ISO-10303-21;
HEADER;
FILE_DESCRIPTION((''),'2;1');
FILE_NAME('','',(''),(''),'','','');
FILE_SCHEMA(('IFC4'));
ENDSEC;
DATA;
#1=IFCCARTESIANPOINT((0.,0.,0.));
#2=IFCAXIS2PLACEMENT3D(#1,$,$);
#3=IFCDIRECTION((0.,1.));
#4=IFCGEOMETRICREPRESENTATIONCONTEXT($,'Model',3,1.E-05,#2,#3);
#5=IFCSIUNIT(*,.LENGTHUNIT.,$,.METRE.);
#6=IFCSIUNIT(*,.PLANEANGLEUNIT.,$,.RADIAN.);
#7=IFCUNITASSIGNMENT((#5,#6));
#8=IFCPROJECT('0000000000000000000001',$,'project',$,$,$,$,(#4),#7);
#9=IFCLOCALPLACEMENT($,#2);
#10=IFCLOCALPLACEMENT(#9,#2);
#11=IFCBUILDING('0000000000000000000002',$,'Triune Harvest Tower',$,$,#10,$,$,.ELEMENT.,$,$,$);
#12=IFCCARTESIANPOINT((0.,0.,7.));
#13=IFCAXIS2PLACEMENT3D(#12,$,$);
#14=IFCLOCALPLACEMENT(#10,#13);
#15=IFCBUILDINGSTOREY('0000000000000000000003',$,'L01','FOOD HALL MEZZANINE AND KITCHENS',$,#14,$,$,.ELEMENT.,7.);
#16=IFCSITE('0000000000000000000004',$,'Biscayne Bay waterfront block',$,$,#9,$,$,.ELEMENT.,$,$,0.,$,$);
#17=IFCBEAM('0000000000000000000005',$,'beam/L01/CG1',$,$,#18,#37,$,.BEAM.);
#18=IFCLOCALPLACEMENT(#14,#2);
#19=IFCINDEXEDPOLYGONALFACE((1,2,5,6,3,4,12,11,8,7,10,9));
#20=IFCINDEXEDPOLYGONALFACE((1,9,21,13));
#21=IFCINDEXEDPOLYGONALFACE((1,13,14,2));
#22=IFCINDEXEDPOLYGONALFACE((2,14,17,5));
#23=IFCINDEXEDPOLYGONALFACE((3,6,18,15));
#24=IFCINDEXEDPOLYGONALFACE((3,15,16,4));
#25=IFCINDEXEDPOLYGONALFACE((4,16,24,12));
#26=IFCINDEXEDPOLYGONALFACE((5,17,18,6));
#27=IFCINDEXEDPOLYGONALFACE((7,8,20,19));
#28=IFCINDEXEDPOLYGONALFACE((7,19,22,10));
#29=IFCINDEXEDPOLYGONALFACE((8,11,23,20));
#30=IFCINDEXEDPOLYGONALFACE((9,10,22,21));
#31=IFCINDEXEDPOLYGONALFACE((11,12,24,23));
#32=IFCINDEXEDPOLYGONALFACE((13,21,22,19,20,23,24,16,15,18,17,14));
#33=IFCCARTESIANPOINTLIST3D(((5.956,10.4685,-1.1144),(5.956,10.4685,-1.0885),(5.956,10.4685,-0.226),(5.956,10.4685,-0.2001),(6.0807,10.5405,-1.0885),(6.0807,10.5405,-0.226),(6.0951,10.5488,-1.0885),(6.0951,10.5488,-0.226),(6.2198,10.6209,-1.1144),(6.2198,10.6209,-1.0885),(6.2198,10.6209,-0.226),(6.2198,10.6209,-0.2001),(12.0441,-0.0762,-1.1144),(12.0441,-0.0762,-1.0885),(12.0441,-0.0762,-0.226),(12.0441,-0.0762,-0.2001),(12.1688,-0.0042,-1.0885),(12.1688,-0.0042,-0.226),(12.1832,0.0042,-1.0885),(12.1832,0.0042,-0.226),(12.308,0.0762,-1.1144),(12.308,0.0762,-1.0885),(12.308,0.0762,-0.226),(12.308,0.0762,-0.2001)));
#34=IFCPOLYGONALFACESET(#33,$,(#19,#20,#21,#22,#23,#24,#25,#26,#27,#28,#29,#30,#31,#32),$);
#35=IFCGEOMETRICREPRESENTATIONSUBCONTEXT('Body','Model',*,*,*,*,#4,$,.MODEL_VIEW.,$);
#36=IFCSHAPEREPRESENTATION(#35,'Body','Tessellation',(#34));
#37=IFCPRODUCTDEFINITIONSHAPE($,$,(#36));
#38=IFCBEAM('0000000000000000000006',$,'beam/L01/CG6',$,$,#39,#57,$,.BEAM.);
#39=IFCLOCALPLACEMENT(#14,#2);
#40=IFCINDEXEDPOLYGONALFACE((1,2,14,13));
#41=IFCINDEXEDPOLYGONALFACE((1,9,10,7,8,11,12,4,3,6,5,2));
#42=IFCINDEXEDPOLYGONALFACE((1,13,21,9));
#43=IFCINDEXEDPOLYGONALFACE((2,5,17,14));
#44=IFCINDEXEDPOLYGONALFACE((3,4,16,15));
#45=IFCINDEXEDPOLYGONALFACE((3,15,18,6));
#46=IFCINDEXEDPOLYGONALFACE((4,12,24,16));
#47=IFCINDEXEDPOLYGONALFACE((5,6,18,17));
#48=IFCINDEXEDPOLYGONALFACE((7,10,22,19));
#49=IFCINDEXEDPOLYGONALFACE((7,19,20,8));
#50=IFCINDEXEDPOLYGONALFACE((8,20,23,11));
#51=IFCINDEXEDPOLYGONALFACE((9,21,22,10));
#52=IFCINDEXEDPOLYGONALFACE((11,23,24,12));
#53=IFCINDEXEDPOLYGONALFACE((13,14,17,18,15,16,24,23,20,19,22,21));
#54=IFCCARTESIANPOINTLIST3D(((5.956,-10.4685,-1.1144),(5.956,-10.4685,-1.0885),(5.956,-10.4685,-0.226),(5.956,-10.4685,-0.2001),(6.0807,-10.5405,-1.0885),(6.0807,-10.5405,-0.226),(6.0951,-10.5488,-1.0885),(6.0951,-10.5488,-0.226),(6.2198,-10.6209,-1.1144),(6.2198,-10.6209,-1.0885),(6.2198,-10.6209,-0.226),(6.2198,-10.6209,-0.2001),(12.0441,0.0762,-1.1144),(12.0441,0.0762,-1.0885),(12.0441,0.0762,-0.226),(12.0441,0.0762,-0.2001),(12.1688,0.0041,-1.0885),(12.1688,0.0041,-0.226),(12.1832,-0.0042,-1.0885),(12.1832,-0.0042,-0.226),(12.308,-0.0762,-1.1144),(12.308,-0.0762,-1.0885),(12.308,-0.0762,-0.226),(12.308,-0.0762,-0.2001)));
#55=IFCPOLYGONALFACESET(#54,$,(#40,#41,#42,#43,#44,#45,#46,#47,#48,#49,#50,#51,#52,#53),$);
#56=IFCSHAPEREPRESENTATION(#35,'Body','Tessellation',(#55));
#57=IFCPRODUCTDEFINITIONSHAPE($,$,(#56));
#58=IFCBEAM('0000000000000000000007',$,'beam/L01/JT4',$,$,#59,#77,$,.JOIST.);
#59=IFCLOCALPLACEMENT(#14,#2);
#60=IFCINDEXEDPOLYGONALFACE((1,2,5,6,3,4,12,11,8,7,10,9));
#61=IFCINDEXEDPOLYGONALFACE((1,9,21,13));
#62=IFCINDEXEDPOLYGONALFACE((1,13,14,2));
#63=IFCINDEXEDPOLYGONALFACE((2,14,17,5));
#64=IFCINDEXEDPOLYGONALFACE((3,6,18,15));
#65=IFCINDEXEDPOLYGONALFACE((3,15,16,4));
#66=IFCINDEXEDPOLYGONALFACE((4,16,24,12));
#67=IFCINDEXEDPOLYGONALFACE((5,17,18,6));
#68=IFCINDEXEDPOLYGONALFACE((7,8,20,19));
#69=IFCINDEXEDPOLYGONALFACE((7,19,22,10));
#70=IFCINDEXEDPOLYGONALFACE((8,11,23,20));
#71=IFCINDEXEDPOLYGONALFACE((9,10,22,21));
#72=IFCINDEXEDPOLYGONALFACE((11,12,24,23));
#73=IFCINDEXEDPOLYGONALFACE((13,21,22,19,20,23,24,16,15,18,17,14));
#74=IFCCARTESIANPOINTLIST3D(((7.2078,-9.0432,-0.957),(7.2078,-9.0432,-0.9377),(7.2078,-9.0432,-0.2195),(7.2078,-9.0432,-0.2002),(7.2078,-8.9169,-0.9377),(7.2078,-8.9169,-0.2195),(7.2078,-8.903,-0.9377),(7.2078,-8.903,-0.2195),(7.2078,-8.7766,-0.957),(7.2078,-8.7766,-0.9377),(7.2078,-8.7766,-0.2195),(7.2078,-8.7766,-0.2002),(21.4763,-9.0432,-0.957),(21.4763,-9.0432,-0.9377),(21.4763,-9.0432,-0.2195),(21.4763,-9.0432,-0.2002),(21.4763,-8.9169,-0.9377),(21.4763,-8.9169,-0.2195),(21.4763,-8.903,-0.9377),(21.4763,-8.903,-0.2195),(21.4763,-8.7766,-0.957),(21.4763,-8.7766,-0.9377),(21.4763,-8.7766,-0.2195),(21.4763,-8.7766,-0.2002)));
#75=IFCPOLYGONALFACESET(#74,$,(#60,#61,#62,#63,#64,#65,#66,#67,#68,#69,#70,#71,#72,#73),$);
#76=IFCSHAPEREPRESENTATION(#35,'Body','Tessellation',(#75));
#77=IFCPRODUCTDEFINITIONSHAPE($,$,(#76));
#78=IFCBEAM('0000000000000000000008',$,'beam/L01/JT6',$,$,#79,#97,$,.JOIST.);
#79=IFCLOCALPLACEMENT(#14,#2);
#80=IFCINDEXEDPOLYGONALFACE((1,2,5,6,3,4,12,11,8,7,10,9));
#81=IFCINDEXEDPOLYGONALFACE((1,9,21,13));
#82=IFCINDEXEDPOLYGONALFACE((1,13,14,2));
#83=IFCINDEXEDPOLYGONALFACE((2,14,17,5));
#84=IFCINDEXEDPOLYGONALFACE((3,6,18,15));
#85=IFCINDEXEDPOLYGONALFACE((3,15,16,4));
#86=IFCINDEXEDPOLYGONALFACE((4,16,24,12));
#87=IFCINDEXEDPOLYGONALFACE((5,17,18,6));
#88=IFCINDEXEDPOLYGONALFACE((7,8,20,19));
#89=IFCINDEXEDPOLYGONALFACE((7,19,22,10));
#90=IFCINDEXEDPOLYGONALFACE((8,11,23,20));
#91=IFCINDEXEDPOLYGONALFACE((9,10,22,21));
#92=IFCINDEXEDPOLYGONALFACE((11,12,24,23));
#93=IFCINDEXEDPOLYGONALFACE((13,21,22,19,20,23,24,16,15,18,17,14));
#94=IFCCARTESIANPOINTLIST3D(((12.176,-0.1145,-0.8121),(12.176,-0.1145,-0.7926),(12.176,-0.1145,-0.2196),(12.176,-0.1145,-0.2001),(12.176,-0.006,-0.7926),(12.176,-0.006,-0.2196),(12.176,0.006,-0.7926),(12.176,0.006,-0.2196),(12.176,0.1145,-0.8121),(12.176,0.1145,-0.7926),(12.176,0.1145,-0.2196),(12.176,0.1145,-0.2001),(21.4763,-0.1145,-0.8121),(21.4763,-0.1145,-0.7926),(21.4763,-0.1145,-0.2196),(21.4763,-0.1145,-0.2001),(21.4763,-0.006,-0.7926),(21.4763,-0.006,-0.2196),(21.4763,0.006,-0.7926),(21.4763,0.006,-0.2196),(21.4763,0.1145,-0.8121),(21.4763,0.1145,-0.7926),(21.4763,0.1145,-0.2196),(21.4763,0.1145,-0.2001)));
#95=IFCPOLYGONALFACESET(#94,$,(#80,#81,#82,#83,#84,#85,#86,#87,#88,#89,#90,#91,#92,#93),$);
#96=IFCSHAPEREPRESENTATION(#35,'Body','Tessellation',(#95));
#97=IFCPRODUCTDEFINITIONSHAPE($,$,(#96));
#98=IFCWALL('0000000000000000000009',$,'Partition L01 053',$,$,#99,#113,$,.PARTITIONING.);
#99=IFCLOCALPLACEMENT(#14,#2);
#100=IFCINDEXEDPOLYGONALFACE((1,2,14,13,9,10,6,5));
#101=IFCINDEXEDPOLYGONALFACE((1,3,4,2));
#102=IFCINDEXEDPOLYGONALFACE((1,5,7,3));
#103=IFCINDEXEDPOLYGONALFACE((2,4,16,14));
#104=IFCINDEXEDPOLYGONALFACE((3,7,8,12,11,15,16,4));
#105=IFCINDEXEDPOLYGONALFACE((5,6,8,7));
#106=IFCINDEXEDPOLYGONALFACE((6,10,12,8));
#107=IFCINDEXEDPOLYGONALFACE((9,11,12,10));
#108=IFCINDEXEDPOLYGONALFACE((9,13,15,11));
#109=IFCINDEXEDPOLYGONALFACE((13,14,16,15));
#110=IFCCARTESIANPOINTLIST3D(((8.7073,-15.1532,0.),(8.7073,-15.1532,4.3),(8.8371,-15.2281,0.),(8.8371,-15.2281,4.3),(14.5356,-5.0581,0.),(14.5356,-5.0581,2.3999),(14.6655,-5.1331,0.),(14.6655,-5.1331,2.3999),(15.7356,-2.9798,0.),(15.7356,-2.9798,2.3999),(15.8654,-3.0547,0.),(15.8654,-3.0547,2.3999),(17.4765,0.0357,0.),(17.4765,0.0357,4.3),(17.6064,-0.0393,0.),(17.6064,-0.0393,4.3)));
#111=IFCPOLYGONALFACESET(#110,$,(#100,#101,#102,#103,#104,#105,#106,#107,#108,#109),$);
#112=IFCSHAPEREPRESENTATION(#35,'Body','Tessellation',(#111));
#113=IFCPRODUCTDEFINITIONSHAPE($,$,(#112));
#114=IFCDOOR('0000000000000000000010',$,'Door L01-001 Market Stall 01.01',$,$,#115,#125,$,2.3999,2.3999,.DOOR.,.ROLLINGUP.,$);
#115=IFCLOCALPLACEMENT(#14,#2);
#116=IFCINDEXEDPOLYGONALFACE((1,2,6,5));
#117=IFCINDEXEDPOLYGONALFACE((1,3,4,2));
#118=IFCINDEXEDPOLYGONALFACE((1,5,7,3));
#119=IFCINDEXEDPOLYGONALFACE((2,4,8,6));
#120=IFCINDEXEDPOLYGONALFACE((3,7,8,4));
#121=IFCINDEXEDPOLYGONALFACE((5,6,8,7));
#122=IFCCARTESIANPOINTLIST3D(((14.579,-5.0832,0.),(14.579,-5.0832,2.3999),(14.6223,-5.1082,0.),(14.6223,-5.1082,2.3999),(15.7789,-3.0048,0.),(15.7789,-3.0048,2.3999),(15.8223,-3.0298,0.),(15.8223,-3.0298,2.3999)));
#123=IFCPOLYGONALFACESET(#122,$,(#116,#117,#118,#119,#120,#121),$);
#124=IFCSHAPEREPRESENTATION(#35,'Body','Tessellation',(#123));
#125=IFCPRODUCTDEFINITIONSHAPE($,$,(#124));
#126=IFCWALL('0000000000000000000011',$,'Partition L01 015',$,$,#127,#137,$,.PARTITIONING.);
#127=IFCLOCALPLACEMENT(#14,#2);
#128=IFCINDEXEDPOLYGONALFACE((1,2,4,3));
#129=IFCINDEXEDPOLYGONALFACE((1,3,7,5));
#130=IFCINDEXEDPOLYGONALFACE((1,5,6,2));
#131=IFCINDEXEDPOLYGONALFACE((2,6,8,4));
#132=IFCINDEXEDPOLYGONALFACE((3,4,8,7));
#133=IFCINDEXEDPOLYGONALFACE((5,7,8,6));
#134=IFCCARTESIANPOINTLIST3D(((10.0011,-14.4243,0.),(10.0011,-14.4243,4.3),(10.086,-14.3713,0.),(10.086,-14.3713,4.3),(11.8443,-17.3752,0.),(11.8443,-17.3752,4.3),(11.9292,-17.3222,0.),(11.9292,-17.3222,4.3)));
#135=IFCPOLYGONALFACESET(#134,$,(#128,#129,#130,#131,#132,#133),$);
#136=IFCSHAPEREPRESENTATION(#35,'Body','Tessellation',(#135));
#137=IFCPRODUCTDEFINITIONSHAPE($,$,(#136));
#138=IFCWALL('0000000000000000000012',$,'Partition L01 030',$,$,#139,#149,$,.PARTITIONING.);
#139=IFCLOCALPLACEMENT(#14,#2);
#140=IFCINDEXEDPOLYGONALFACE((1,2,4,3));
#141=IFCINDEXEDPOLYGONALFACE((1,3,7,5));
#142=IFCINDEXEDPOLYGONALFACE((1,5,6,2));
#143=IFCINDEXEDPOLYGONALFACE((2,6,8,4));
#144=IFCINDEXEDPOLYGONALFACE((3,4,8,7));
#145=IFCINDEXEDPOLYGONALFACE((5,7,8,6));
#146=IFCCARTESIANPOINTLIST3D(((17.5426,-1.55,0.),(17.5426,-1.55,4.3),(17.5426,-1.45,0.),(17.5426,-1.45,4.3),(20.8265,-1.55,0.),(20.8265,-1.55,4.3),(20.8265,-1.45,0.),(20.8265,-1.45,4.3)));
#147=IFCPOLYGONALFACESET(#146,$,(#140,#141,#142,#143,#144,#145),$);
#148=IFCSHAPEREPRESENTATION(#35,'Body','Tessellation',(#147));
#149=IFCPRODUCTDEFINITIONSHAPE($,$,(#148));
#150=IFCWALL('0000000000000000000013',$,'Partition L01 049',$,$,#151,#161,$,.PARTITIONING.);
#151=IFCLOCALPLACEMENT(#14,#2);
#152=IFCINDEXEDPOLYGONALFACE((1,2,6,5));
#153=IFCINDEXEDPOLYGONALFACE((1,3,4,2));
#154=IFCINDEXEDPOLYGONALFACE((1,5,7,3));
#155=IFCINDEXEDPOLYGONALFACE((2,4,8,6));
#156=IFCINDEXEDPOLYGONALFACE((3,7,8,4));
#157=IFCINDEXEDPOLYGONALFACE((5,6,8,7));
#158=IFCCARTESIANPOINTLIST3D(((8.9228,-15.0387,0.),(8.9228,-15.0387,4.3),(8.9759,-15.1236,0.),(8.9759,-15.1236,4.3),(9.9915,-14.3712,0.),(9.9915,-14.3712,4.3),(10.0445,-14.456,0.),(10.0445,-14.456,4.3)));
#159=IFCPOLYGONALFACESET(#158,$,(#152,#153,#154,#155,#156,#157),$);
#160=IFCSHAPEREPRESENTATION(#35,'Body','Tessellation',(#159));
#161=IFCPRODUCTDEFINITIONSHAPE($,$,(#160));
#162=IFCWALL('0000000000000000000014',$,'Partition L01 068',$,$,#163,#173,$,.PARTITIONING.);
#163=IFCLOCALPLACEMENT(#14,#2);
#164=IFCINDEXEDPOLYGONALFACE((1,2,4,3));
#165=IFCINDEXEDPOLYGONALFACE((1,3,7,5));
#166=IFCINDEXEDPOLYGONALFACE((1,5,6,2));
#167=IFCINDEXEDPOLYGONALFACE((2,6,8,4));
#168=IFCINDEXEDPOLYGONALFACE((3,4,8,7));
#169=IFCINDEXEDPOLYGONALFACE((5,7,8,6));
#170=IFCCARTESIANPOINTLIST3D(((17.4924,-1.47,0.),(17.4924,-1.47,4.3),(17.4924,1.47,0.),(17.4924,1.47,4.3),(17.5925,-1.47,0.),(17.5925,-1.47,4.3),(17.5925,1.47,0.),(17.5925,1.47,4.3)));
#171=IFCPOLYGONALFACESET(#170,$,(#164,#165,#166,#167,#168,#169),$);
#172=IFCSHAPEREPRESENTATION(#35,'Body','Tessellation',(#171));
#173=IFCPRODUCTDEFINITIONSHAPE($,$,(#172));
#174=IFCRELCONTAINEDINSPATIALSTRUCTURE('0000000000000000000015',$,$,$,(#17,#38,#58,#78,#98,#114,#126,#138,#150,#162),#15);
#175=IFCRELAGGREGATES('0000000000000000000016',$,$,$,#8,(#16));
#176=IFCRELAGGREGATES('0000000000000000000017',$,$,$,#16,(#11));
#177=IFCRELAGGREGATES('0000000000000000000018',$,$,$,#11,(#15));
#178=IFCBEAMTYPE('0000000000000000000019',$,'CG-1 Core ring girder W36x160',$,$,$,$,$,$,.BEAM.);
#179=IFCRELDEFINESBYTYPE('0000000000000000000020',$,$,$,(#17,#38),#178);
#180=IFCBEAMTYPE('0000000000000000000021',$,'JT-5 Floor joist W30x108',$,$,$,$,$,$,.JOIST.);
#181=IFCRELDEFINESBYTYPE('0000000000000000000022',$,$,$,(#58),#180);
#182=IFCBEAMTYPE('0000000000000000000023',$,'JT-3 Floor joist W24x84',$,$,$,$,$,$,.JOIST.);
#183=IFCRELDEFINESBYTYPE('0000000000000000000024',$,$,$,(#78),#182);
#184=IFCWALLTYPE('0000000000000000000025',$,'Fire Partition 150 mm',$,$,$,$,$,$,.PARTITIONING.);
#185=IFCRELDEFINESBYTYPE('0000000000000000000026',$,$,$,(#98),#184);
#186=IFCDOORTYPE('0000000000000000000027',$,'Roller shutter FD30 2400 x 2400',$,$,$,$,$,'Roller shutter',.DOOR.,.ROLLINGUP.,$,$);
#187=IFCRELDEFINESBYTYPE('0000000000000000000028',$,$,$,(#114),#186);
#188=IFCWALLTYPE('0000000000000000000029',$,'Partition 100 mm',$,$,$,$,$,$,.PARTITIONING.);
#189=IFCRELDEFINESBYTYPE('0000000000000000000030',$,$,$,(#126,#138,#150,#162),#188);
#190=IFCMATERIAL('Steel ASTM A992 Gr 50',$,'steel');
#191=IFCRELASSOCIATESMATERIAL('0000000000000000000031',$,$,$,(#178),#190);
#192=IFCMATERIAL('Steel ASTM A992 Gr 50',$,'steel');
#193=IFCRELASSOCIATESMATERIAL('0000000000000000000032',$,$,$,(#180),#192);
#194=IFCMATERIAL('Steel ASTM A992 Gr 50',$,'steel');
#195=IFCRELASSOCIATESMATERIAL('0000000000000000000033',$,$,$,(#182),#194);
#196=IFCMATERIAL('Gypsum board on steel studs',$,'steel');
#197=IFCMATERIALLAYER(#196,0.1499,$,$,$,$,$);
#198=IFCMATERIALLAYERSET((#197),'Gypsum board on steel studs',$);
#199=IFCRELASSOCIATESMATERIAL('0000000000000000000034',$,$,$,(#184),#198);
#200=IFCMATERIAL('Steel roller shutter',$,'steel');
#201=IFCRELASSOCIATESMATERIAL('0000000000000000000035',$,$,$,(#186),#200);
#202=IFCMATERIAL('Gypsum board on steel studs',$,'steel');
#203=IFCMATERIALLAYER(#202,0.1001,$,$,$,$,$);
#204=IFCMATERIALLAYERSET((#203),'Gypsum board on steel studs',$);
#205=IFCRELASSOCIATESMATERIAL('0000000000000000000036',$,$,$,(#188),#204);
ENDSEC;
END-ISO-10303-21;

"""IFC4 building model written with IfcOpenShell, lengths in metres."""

from ifc_helpers import new_model, si_unit, direction, frame, frame_2d, origin, origin_2d, place, context, subcontext, project, spatial, rectangle, i_section, extrude, source, transform, mapped, material, layer, layer_set, material_profile, profile_set, type_object, element, fill, save


model = new_model("IFC4")

# Units and contexts
model_context = context("Model", 3, precision=1e-05, world=origin(), true_north=direction((0.0, 1.0)))
body_context = subcontext(model_context, "Body", "Model", "MODEL_VIEW")
ifc_project = project(units=[si_unit("LENGTHUNIT", "METRE"), si_unit("PLANEANGLEUNIT", "RADIAN")], contexts=[model_context])

# Site, building, storey
site_placement = place(None, origin())
site = spatial("IfcSite", under=ifc_project, at=site_placement, Name="Biscayne Bay waterfront block", CompositionType="ELEMENT", RefElevation=0.0)
building_placement = place(site_placement, origin())
building = spatial("IfcBuilding", under=site, at=building_placement, Name="Triune Harvest Tower", CompositionType="ELEMENT")
storey_placement = place(building_placement, frame((0.0, 0.0, 7.0)))
storey = spatial("IfcBuildingStorey", under=building, at=storey_placement, Name="L01", Description="FOOD HALL MEZZANINE AND KITCHENS", CompositionType="ELEMENT", Elevation=7.0)

# Beams
ifc_material_1 = material(Name="Steel ASTM A992 Gr 50", Category="steel")
ifc_material_profile_1 = material_profile(ifc_material_1, i_section(OverallWidth=0.3047, OverallDepth=0.9143, WebThickness=0.0166, FlangeThickness=0.0259, at=origin_2d()), Name="W36x160")
ifc_profile_set_1 = profile_set([ifc_material_profile_1], Name="Steel ASTM A992 Gr 50")
beam_type_1 = type_object("IfcBeamType", Name="CG-1 Core ring girder W36x160", PredefinedType="BEAM", material=ifc_profile_set_1)
shared_shape_1 = source(origin(), body_context, "Body", "SweptSolid", [
    extrude(i_section(OverallWidth=0.3047, OverallDepth=0.9143, WebThickness=0.0166, FlangeThickness=0.0259, at=origin_2d()), origin(), (0.0, 0.0, 1.0), 12.176),
])
for number, where, z_axis, x_axis, name in (
    (1, (12.176, 0.0, -0.6572), (-0.50001, 0.86602, 0.0), (-0.86602, -0.50001, 0.0), "beam/L01/CG1"),
    (2, (6.0879, -10.5447, -0.6572), (0.50001, 0.86602, 0.0), (-0.86602, 0.50001, 0.0), "beam/L01/CG6"),
):
    element("IfcBeam", number, at=place(storey_placement, frame(where, z_axis=z_axis, x_axis=x_axis)), inside=storey, type_object=beam_type_1, Name=name, PredefinedType="BEAM", context=body_context, shape_type="MappedRepresentation", body=[
        mapped(shared_shape_1, transform((0.0, 0.0, 0.0), scale=1.0)),
    ])
ifc_material_2 = material(Name="Steel ASTM A992 Gr 50", Category="steel")
ifc_material_profile_2 = material_profile(ifc_material_2, i_section(OverallWidth=0.2666, OverallDepth=0.7568, WebThickness=0.0139, FlangeThickness=0.0193, at=origin_2d()), Name="W30x108")
ifc_profile_set_2 = profile_set([ifc_material_profile_2], Name="Steel ASTM A992 Gr 50")
beam_type_2 = type_object("IfcBeamType", Name="JT-5 Floor joist W30x108", PredefinedType="JOIST", material=ifc_profile_set_2)
shared_shape_2 = source(origin(), body_context, "Body", "SweptSolid", [
    extrude(i_section(OverallWidth=0.2666, OverallDepth=0.7568, WebThickness=0.0139, FlangeThickness=0.0193, at=origin_2d()), origin(), (0.0, 0.0, 1.0), 14.2686),
])
beam_1_placement = place(storey_placement, frame((21.4763, -8.9099, -0.5786), z_axis=(-1.0, 0.0, 0.0), x_axis=(0.0, -1.0, 0.0)))
element("IfcBeam", 3, at=beam_1_placement, inside=storey, type_object=beam_type_2, Name="beam/L01/JT4", PredefinedType="JOIST", context=body_context, shape_type="MappedRepresentation", body=[
    mapped(shared_shape_2, transform((0.0, 0.0, 0.0), scale=1.0)),
])
ifc_material_3 = material(Name="Steel ASTM A992 Gr 50", Category="steel")
ifc_material_profile_3 = material_profile(ifc_material_3, i_section(OverallWidth=0.229, OverallDepth=0.6121, WebThickness=0.012, FlangeThickness=0.0195, at=origin_2d()), Name="W24x84")
ifc_profile_set_3 = profile_set([ifc_material_profile_3], Name="Steel ASTM A992 Gr 50")
beam_type_3 = type_object("IfcBeamType", Name="JT-3 Floor joist W24x84", PredefinedType="JOIST", material=ifc_profile_set_3)
shared_shape_3 = source(origin(), body_context, "Body", "SweptSolid", [
    extrude(i_section(OverallWidth=0.229, OverallDepth=0.6121, WebThickness=0.012, FlangeThickness=0.0195, at=origin_2d()), origin(), (0.0, 0.0, 1.0), 9.3003),
])
beam_2_placement = place(storey_placement, frame((21.4763, 0.0, -0.5061), z_axis=(-1.0, 0.0, 0.0), x_axis=(0.0, -1.0, 0.0)))
element("IfcBeam", 4, at=beam_2_placement, inside=storey, type_object=beam_type_3, Name="beam/L01/JT6", PredefinedType="JOIST", context=body_context, shape_type="MappedRepresentation", body=[
    mapped(shared_shape_3, transform((0.0, 0.0, 0.0), scale=1.0)),
])

# Wall, opening, door
ifc_material_4 = material(Name="Gypsum board on steel studs", Category="steel")
ifc_layer_1 = layer(ifc_material_4, 0.1499)
ifc_layer_set_1 = layer_set([ifc_layer_1], Name="Gypsum board on steel studs")
wall_type_1 = type_object("IfcWallType", Name="Fire Partition 150 mm", PredefinedType="PARTITIONING", material=ifc_layer_set_1)
wall_1_placement = place(storey_placement, frame((8.7722, -15.1907, 0.0), z_axis=(0.0, 0.0, 1.0), x_axis=(0.499997, 0.866027, 0.0)))
wall_1 = element("IfcWall", 5, at=wall_1_placement, inside=storey, type_object=wall_type_1, Name="Partition L01 053", PredefinedType="PARTITIONING", context=body_context, shape_type="SweptSolid", body=[
    extrude(rectangle(XDim=17.5386, YDim=0.1499, at=frame_2d((8.7693, 0.0))), origin(), (0.0, 0.0, 1.0), 4.3),
])
opening_1_placement = place(wall_1_placement, frame((11.6567, 0.0, 0.0)))
opening_1 = element("IfcOpeningElement", 6, at=opening_1_placement, cuts=wall_1, PredefinedType="OPENING", context=body_context, shape_type="SweptSolid", body=[
    extrude(rectangle(XDim=2.3999, YDim=2.3999, at=frame_2d((1.2, 1.2))), frame((0.0, 0.085, 0.0), z_axis=(0.0, -1.0, 0.0), x_axis=(1.0, 0.0, 0.0)), (0.0, 0.0, 1.0), 0.1699),
])
ifc_material_5 = material(Name="Steel roller shutter", Category="steel")
door_type_1 = type_object("IfcDoorType", Name="Roller shutter FD30 2400 x 2400", ElementType="Roller shutter", OperationType="ROLLINGUP", PredefinedType="DOOR", material=ifc_material_5)
door_1_placement = place(opening_1_placement, origin())
door_1 = element("IfcDoor", 7, at=door_1_placement, inside=storey, type_object=door_type_1, Name="Door L01-001 Market Stall 01.01", OperationType="ROLLINGUP", OverallHeight=2.3999, OverallWidth=2.3999, PredefinedType="DOOR", context=body_context, shape_type="SweptSolid", body=[
    extrude(rectangle(XDim=2.3999, YDim=2.3999, at=frame_2d((1.2, 1.2))), frame((0.0, 0.0249, 0.0), z_axis=(0.0, -1.0, 0.0), x_axis=(1.0, 0.0, 0.0)), (0.0, 0.0, 1.0), 0.05),
])
fill(opening_1, door_1)

# Walls
ifc_material_6 = material(Name="Gypsum board on steel studs", Category="steel")
ifc_layer_2 = layer(ifc_material_6, 0.1001)
ifc_layer_set_2 = layer_set([ifc_layer_2], Name="Gypsum board on steel studs")
wall_type_2 = type_object("IfcWallType", Name="Partition 100 mm", PredefinedType="PARTITIONING", material=ifc_layer_set_2)
wall_2_placement = place(storey_placement, frame((10.0435, -14.3977, 0.0), z_axis=(0.0, 0.0, 1.0), x_axis=(0.529778, -0.848136, 0.0)))
element("IfcWall", 8, at=wall_2_placement, inside=storey, type_object=wall_type_2, Name="Partition L01 015", PredefinedType="PARTITIONING", context=body_context, shape_type="SweptSolid", body=[
    extrude(rectangle(XDim=3.4792, YDim=0.1001, at=frame_2d((1.7397, 0.0))), origin(), (0.0, 0.0, 1.0), 4.3),
])
wall_3_placement = place(storey_placement, frame((17.5425, -1.5, 0.0), z_axis=(0.0, 0.0, 1.0), x_axis=(1.0, 0.0, 0.0)))
element("IfcWall", 9, at=wall_3_placement, inside=storey, type_object=wall_type_2, Name="Partition L01 030", PredefinedType="PARTITIONING", context=body_context, shape_type="SweptSolid", body=[
    extrude(rectangle(XDim=3.2839, YDim=0.1001, at=frame_2d((1.6421, 0.0))), origin(), (0.0, 0.0, 1.0), 4.3),
])
wall_4_placement = place(storey_placement, frame((8.9495, -15.0811, 0.0), z_axis=(0.0, 0.0, 1.0), x_axis=(0.84814, 0.529772, 0.0)))
element("IfcWall", 10, at=wall_4_placement, inside=storey, type_object=wall_type_2, Name="Partition L01 049", PredefinedType="PARTITIONING", context=body_context, shape_type="SweptSolid", body=[
    extrude(rectangle(XDim=1.26, YDim=0.1001, at=frame_2d((0.6299, 0.0))), origin(), (0.0, 0.0, 1.0), 4.3),
])
wall_5_placement = place(storey_placement, frame((17.5425, -1.47, 0.0), z_axis=(0.0, 0.0, 1.0), x_axis=(0.0, 1.0, 0.0)))
element("IfcWall", 11, at=wall_5_placement, inside=storey, type_object=wall_type_2, Name="Partition L01 068", PredefinedType="PARTITIONING", context=body_context, shape_type="SweptSolid", body=[
    extrude(rectangle(XDim=2.9399, YDim=0.1001, at=frame_2d((1.47, 0.0))), origin(), (0.0, 0.0, 1.0), 4.3),
])

save(model, "model.ifc")
